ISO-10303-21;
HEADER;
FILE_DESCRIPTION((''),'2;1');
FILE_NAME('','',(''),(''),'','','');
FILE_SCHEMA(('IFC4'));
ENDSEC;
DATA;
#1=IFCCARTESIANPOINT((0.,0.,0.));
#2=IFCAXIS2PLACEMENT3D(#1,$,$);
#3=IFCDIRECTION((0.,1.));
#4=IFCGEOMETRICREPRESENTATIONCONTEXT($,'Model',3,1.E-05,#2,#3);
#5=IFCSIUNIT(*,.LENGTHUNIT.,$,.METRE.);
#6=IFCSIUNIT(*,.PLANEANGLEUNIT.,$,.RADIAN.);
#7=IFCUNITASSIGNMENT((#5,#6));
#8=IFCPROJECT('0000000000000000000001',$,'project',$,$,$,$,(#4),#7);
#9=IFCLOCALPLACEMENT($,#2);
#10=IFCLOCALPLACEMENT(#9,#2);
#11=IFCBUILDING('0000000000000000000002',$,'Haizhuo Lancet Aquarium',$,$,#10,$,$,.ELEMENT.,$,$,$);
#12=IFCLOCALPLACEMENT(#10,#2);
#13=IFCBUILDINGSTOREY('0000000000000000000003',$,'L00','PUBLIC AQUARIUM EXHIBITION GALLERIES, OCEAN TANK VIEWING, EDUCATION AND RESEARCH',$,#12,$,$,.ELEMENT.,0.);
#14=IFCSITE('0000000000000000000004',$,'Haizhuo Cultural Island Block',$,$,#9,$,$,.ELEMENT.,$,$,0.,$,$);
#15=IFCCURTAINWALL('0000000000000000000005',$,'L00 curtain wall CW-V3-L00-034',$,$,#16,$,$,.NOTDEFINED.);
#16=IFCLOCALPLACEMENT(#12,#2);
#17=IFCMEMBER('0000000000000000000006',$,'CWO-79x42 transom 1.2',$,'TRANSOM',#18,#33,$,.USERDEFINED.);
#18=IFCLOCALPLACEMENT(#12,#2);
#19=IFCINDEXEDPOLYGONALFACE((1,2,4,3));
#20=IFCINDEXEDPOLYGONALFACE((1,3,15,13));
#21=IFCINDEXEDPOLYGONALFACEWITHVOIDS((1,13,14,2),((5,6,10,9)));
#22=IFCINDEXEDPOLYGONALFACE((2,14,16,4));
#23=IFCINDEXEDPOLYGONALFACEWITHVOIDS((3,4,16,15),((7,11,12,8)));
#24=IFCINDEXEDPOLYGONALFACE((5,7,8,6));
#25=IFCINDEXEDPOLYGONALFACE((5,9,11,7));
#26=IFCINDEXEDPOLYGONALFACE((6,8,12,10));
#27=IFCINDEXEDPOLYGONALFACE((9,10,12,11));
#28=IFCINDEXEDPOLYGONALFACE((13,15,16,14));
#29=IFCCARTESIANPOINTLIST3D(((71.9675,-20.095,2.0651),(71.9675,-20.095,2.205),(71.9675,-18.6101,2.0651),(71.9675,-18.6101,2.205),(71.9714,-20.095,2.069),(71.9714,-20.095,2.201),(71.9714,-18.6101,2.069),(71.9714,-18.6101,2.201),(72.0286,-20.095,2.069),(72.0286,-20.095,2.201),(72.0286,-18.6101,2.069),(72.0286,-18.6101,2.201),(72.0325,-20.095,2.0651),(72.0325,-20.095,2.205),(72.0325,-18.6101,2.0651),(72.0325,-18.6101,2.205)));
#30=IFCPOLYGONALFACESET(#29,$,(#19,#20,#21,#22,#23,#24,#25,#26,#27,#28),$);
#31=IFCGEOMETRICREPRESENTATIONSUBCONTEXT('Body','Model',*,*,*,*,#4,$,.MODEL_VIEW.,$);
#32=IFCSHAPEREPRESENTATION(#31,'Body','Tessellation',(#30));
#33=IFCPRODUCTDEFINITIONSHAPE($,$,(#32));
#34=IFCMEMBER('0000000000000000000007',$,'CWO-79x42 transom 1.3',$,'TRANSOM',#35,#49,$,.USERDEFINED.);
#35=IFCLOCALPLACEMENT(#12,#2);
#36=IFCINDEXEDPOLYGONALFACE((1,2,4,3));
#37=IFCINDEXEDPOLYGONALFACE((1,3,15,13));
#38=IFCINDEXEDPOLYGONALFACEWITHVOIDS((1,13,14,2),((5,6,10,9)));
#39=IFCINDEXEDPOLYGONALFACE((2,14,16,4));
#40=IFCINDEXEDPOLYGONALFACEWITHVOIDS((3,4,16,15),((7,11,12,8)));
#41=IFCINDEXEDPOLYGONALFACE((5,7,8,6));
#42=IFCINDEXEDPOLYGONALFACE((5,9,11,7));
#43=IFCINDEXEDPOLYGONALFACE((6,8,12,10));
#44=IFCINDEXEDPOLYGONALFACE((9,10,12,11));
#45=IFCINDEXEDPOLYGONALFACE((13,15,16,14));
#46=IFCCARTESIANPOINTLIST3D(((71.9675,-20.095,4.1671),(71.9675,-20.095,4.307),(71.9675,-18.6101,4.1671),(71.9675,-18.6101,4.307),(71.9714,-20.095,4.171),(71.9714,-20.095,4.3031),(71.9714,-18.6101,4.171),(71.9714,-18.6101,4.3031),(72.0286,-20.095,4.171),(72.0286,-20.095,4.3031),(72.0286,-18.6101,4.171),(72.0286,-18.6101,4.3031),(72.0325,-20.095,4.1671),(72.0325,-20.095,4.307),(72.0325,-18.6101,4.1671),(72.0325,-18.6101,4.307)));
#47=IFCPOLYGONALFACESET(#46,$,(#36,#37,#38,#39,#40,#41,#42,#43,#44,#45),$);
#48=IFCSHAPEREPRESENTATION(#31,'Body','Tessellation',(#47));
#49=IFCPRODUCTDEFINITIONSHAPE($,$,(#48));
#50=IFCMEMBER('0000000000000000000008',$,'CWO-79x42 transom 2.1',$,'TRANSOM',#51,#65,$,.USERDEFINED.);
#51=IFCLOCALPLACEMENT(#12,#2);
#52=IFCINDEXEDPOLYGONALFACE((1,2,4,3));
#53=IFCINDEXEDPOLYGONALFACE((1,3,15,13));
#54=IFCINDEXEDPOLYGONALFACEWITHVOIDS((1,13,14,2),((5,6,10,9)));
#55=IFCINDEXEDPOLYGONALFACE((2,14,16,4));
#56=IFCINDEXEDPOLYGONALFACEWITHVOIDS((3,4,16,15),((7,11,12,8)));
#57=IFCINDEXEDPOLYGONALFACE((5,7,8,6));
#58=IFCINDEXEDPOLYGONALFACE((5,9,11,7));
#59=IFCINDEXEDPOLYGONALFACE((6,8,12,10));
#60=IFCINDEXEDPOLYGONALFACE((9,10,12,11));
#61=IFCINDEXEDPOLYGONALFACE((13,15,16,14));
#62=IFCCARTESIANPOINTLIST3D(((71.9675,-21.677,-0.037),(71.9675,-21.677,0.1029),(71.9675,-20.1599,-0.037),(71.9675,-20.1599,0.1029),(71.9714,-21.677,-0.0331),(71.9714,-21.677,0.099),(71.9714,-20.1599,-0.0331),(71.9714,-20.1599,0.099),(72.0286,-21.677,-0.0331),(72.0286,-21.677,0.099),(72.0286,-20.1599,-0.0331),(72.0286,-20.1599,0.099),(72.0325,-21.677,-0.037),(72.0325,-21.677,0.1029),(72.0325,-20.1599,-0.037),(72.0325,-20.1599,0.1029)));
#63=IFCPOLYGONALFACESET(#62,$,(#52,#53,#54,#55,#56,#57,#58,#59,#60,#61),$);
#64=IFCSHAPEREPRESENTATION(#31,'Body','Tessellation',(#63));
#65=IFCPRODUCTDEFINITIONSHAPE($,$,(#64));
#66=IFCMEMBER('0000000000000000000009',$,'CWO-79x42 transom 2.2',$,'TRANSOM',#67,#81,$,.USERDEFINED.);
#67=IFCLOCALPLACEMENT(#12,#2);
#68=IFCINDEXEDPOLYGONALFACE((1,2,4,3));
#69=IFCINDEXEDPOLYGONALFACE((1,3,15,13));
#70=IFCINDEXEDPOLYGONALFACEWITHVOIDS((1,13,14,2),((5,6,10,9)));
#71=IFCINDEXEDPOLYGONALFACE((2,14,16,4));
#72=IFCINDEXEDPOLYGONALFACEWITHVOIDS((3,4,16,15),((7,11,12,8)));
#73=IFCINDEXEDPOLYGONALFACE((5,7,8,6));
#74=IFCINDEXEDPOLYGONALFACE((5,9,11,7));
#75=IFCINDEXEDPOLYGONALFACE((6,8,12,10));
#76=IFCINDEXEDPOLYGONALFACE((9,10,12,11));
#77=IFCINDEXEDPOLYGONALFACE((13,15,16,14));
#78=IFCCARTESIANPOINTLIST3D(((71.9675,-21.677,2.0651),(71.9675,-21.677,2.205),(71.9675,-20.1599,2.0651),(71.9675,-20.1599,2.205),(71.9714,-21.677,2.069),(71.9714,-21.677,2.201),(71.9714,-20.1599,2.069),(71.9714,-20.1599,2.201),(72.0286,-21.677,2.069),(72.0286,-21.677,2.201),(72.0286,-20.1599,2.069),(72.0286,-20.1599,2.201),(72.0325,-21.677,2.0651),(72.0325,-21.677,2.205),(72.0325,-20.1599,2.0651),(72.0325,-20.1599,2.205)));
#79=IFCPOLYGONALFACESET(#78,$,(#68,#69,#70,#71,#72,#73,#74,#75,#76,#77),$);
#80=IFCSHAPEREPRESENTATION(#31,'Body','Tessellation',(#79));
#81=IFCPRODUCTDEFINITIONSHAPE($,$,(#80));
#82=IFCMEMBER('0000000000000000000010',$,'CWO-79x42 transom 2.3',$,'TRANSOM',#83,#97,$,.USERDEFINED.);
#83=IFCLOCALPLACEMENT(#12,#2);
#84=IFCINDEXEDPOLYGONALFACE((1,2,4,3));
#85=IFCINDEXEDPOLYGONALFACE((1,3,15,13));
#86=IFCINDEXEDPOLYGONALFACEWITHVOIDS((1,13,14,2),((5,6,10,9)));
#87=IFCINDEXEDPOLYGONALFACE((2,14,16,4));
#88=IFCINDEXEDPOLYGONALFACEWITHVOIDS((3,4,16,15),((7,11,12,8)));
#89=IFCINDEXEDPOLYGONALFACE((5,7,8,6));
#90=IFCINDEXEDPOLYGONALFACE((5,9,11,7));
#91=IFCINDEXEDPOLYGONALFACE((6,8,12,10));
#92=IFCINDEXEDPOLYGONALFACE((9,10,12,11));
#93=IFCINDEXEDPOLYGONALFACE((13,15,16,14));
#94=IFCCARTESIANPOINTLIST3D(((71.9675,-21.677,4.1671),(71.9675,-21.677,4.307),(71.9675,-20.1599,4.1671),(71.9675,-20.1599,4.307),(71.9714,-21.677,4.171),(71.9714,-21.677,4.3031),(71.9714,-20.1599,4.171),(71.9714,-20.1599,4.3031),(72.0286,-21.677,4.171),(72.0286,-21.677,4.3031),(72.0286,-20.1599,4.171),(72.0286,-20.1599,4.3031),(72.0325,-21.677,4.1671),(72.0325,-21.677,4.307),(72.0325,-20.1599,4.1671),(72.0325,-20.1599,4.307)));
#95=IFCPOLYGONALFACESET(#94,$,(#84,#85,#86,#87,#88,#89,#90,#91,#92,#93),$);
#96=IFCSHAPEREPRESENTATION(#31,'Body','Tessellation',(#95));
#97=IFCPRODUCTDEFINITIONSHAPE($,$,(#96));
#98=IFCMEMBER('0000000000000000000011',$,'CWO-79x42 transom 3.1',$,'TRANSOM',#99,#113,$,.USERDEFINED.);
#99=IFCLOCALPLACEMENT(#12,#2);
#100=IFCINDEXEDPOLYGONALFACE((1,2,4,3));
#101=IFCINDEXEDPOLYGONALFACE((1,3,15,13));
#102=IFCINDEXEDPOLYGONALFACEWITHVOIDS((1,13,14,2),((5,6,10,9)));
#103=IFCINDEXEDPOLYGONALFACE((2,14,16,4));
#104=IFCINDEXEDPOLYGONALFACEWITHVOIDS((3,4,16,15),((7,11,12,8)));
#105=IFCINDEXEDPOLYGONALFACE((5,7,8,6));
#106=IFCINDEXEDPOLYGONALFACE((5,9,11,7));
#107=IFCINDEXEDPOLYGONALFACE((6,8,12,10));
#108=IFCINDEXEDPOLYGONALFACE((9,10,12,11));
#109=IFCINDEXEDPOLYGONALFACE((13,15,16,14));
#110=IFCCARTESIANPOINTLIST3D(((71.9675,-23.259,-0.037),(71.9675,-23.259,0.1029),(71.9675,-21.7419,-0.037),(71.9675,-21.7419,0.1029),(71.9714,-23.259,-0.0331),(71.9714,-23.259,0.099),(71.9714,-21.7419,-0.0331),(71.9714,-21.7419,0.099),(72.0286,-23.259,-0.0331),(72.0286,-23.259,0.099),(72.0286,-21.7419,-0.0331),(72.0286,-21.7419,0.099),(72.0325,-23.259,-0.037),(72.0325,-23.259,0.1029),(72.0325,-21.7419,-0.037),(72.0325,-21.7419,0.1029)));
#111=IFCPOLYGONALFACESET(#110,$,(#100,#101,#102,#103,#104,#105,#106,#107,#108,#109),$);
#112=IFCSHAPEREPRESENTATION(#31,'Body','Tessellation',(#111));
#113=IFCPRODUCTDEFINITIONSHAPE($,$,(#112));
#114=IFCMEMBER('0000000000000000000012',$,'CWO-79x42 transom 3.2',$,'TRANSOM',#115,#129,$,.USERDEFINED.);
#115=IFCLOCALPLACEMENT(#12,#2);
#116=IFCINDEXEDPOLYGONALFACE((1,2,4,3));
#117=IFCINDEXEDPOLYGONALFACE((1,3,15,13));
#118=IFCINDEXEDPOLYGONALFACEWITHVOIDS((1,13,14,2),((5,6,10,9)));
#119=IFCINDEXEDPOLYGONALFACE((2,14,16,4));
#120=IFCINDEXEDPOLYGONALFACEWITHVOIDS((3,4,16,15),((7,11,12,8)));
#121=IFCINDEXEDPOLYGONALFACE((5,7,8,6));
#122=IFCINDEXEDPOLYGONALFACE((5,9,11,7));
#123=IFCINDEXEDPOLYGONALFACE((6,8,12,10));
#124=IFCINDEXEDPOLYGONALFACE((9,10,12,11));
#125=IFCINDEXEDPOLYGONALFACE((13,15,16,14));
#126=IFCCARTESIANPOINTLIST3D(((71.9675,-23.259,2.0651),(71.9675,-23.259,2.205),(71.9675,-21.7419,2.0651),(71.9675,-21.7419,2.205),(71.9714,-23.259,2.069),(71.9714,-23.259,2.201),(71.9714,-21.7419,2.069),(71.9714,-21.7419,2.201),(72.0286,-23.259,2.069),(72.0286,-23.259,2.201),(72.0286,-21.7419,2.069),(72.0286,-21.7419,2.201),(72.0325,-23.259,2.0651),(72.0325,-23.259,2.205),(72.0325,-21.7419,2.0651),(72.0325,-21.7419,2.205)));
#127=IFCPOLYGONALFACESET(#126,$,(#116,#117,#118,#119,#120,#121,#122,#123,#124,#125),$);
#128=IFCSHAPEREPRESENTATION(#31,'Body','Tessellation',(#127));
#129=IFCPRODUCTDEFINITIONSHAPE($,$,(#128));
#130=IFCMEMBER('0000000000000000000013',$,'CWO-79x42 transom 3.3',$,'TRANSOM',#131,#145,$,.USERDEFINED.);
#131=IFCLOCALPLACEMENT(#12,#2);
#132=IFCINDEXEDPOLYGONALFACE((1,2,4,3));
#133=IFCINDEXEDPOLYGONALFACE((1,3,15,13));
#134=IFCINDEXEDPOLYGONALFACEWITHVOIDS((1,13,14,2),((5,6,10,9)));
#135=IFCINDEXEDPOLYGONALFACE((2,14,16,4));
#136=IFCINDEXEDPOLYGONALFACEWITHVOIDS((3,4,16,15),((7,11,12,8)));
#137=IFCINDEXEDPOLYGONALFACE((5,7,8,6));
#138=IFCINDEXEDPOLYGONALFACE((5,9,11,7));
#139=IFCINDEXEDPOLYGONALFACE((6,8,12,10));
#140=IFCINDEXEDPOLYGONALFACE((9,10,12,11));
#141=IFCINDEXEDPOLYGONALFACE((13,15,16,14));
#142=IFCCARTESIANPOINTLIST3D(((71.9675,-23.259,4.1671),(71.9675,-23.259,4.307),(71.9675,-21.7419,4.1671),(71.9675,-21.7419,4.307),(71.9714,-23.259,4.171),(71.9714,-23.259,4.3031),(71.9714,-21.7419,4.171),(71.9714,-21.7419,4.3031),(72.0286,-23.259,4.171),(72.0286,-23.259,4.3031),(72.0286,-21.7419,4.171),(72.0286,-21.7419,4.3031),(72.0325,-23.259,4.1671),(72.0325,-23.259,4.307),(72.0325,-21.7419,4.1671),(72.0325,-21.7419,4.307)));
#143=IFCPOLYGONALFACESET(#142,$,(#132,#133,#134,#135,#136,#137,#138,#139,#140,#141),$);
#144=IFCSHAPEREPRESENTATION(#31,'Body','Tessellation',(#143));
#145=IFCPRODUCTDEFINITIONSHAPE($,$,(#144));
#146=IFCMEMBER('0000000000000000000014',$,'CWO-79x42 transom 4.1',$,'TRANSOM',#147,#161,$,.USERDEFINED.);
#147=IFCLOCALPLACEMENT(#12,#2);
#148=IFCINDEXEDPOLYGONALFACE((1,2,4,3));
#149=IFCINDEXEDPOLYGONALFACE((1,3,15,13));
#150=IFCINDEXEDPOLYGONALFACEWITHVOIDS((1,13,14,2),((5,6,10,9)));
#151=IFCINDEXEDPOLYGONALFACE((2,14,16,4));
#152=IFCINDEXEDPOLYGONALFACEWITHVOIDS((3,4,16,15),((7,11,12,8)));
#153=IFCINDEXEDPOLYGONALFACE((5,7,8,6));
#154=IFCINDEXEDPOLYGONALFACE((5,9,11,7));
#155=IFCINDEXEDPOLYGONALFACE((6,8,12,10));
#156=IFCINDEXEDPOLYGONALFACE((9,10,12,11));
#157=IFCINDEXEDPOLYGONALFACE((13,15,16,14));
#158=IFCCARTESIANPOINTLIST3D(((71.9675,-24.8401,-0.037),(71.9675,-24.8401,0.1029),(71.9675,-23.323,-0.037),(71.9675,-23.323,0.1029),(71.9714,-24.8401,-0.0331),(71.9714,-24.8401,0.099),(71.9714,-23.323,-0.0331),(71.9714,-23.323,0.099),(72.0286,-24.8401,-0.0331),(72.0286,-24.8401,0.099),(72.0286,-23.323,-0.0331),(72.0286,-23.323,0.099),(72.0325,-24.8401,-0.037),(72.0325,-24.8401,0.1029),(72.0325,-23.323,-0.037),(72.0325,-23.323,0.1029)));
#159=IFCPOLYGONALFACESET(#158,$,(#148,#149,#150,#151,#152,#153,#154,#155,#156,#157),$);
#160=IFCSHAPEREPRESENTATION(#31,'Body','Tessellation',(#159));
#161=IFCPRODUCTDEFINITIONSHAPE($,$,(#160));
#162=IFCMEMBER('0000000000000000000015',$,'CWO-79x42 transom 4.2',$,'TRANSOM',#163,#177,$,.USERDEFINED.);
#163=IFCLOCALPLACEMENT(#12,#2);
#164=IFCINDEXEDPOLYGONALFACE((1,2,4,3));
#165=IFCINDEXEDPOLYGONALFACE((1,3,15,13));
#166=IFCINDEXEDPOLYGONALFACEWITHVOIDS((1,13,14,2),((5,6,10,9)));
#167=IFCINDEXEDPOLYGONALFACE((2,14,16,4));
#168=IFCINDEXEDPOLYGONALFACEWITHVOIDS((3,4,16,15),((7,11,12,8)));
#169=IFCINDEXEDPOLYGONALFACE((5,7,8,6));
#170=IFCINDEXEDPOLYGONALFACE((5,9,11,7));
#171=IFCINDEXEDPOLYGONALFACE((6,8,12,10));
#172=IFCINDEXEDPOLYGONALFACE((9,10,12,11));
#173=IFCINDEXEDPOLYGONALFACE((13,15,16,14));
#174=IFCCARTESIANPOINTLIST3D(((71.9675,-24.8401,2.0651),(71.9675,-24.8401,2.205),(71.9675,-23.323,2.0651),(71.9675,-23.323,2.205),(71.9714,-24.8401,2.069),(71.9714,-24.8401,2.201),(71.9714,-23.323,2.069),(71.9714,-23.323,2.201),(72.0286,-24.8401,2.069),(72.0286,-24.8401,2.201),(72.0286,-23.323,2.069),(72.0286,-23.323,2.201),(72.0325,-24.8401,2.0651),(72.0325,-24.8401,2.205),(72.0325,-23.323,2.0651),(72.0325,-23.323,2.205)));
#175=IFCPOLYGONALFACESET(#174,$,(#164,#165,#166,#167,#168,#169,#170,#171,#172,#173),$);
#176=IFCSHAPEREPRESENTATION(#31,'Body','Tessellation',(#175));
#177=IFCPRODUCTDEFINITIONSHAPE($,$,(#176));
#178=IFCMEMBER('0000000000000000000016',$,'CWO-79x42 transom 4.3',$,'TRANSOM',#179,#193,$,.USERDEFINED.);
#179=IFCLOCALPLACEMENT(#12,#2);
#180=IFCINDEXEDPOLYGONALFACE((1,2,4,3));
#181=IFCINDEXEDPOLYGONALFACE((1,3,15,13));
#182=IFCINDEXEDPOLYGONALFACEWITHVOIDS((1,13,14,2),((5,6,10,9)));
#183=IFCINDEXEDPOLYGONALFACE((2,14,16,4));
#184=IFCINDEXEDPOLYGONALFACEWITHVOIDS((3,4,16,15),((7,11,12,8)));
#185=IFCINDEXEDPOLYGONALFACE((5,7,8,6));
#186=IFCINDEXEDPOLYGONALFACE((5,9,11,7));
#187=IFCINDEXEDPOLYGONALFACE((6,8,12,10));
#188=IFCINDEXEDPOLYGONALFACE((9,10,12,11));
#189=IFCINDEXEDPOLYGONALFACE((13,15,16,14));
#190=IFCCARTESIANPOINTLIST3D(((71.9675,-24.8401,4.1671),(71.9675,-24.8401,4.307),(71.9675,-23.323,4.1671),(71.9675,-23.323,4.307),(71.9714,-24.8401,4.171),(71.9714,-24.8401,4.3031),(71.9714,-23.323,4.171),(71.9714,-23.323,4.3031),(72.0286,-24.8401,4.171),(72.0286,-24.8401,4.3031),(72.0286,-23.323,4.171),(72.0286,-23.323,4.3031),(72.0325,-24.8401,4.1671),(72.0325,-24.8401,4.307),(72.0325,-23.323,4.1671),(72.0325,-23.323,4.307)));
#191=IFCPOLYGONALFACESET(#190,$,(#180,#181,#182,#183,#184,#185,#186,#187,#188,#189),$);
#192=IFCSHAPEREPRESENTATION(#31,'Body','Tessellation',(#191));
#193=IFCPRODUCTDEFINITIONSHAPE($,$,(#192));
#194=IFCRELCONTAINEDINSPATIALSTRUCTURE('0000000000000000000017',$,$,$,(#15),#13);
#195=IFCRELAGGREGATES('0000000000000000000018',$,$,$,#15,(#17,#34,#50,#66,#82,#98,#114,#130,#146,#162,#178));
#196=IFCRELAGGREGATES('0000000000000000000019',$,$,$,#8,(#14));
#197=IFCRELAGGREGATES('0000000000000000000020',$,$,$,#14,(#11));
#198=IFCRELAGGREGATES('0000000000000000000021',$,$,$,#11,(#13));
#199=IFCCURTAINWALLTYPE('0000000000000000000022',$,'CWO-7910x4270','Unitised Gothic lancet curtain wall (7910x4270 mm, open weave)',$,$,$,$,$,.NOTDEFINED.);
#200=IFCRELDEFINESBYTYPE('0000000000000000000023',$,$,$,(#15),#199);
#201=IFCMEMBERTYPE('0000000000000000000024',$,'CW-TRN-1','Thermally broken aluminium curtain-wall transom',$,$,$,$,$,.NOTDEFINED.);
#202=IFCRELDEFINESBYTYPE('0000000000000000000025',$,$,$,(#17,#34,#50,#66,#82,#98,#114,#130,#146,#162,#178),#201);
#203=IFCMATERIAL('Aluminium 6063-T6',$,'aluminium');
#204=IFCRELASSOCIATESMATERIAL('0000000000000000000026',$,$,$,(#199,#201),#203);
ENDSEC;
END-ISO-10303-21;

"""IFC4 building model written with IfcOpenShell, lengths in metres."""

from ifc_helpers import new_model, si_unit, direction, frame, origin, origin_2d, place, context, subcontext, project, spatial, hollow_rectangle, extrude, material, material_profile, profile_set, type_object, element, aggregate, save


model = new_model("IFC4")

# Units and contexts
model_context = context("Model", 3, precision=1e-05, world=origin(), true_north=direction((0.0, 1.0)))
body_context = subcontext(model_context, "Body", "Model", "MODEL_VIEW")
ifc_project = project(units=[si_unit("LENGTHUNIT", "METRE"), si_unit("PLANEANGLEUNIT", "RADIAN")], contexts=[model_context])

# Site, building, storey
site_placement = place(None, origin())
site = spatial("IfcSite", under=ifc_project, at=site_placement, Name="Haizhuo Cultural Island Block", CompositionType="ELEMENT", RefElevation=0.0)
building_placement = place(site_placement, origin())
building = spatial("IfcBuilding", under=site, at=building_placement, Name="Haizhuo Lancet Aquarium", CompositionType="ELEMENT")
storey_placement = place(building_placement, origin())
storey = spatial("IfcBuildingStorey", under=building, at=storey_placement, Name="L00", Description="PUBLIC AQUARIUM EXHIBITION GALLERIES, OCEAN TANK VIEWING, EDUCATION AND RESEARCH", CompositionType="ELEMENT", Elevation=0.0)

# Curtain wall
ifc_material_1 = material(Name="Aluminium 6063-T6", Category="aluminium")
curtain_wall_type_1 = type_object("IfcCurtainWallType", Name="CWO-7910x4270", Description="Unitised Gothic lancet curtain wall (7910x4270 mm, open weave)", PredefinedType="NOTDEFINED", material=ifc_material_1)
curtain_wall_1_placement = place(storey_placement, origin())
curtain_wall_1 = element("IfcCurtainWall", 1, at=curtain_wall_1_placement, inside=storey, type_object=curtain_wall_type_1, Name="L00 curtain wall CW-V3-L00-034", PredefinedType="NOTDEFINED")

# Members
ifc_material_profile_1 = material_profile(ifc_material_1, hollow_rectangle(XDim=0.0649, YDim=0.1399, WallThickness=0.0039, at=origin_2d()), Name="ALU-T 65x140x4")
ifc_profile_set_1 = profile_set([ifc_material_profile_1], Name="Aluminium 6063-T6")
member_type_1 = type_object("IfcMemberType", Name="CW-TRN-1", Description="Thermally broken aluminium curtain-wall transom", PredefinedType="NOTDEFINED", material=ifc_profile_set_1)
member_1_placement = place(storey_placement, frame((72.0, -18.6101, 2.135), z_axis=(0.0, -1.0, 0.0), x_axis=(1.0, 0.0, 0.0)))
member_1 = element("IfcMember", 2, at=member_1_placement, type_object=member_type_1, Name="CWO-79x42 transom 1.2", ObjectType="TRANSOM", PredefinedType="USERDEFINED", context=body_context, shape_type="SweptSolid", body=[
    extrude(hollow_rectangle(XDim=0.0649, YDim=0.1399, WallThickness=0.0039, at=origin_2d()), origin(), (0.0, 0.0, 1.0), 1.4849),
])
member_2_placement = place(storey_placement, frame((72.0, -18.6101, 4.2371), z_axis=(0.0, -1.0, 0.0), x_axis=(1.0, 0.0, 0.0)))
member_2 = element("IfcMember", 3, at=member_2_placement, type_object=member_type_1, Name="CWO-79x42 transom 1.3", ObjectType="TRANSOM", PredefinedType="USERDEFINED", context=body_context, shape_type="SweptSolid", body=[
    extrude(hollow_rectangle(XDim=0.0649, YDim=0.1399, WallThickness=0.0039, at=origin_2d()), origin(), (0.0, 0.0, 1.0), 1.4849),
])
member_3_placement = place(storey_placement, frame((72.0, -20.1599, 0.033), z_axis=(0.0, -1.0, 0.0), x_axis=(1.0, 0.0, 0.0)))
member_3 = element("IfcMember", 4, at=member_3_placement, type_object=member_type_1, Name="CWO-79x42 transom 2.1", ObjectType="TRANSOM", PredefinedType="USERDEFINED", context=body_context, shape_type="SweptSolid", body=[
    extrude(hollow_rectangle(XDim=0.0649, YDim=0.1399, WallThickness=0.0039, at=origin_2d()), origin(), (0.0, 0.0, 1.0), 1.5171),
])
member_4_placement = place(storey_placement, frame((72.0, -20.1599, 2.135), z_axis=(0.0, -1.0, 0.0), x_axis=(1.0, 0.0, 0.0)))
member_4 = element("IfcMember", 5, at=member_4_placement, type_object=member_type_1, Name="CWO-79x42 transom 2.2", ObjectType="TRANSOM", PredefinedType="USERDEFINED", context=body_context, shape_type="SweptSolid", body=[
    extrude(hollow_rectangle(XDim=0.0649, YDim=0.1399, WallThickness=0.0039, at=origin_2d()), origin(), (0.0, 0.0, 1.0), 1.5171),
])
member_5_placement = place(storey_placement, frame((72.0, -20.1599, 4.2371), z_axis=(0.0, -1.0, 0.0), x_axis=(1.0, 0.0, 0.0)))
member_5 = element("IfcMember", 6, at=member_5_placement, type_object=member_type_1, Name="CWO-79x42 transom 2.3", ObjectType="TRANSOM", PredefinedType="USERDEFINED", context=body_context, shape_type="SweptSolid", body=[
    extrude(hollow_rectangle(XDim=0.0649, YDim=0.1399, WallThickness=0.0039, at=origin_2d()), origin(), (0.0, 0.0, 1.0), 1.5171),
])
member_6_placement = place(storey_placement, frame((72.0, -21.7419, 0.033), z_axis=(0.0, -1.0, 0.0), x_axis=(1.0, 0.0, 0.0)))
member_6 = element("IfcMember", 7, at=member_6_placement, type_object=member_type_1, Name="CWO-79x42 transom 3.1", ObjectType="TRANSOM", PredefinedType="USERDEFINED", context=body_context, shape_type="SweptSolid", body=[
    extrude(hollow_rectangle(XDim=0.0649, YDim=0.1399, WallThickness=0.0039, at=origin_2d()), origin(), (0.0, 0.0, 1.0), 1.5171),
])
member_7_placement = place(storey_placement, frame((72.0, -21.7419, 2.135), z_axis=(0.0, -1.0, 0.0), x_axis=(1.0, 0.0, 0.0)))
member_7 = element("IfcMember", 8, at=member_7_placement, type_object=member_type_1, Name="CWO-79x42 transom 3.2", ObjectType="TRANSOM", PredefinedType="USERDEFINED", context=body_context, shape_type="SweptSolid", body=[
    extrude(hollow_rectangle(XDim=0.0649, YDim=0.1399, WallThickness=0.0039, at=origin_2d()), origin(), (0.0, 0.0, 1.0), 1.5171),
])
member_8_placement = place(storey_placement, frame((72.0, -21.7419, 4.2371), z_axis=(0.0, -1.0, 0.0), x_axis=(1.0, 0.0, 0.0)))
member_8 = element("IfcMember", 9, at=member_8_placement, type_object=member_type_1, Name="CWO-79x42 transom 3.3", ObjectType="TRANSOM", PredefinedType="USERDEFINED", context=body_context, shape_type="SweptSolid", body=[
    extrude(hollow_rectangle(XDim=0.0649, YDim=0.1399, WallThickness=0.0039, at=origin_2d()), origin(), (0.0, 0.0, 1.0), 1.5171),
])
member_9_placement = place(storey_placement, frame((72.0, -23.323, 0.033), z_axis=(0.0, -1.0, 0.0), x_axis=(1.0, 0.0, 0.0)))
member_9 = element("IfcMember", 10, at=member_9_placement, type_object=member_type_1, Name="CWO-79x42 transom 4.1", ObjectType="TRANSOM", PredefinedType="USERDEFINED", context=body_context, shape_type="SweptSolid", body=[
    extrude(hollow_rectangle(XDim=0.0649, YDim=0.1399, WallThickness=0.0039, at=origin_2d()), origin(), (0.0, 0.0, 1.0), 1.5171),
])
member_10_placement = place(storey_placement, frame((72.0, -23.323, 2.135), z_axis=(0.0, -1.0, 0.0), x_axis=(1.0, 0.0, 0.0)))
member_10 = element("IfcMember", 11, at=member_10_placement, type_object=member_type_1, Name="CWO-79x42 transom 4.2", ObjectType="TRANSOM", PredefinedType="USERDEFINED", context=body_context, shape_type="SweptSolid", body=[
    extrude(hollow_rectangle(XDim=0.0649, YDim=0.1399, WallThickness=0.0039, at=origin_2d()), origin(), (0.0, 0.0, 1.0), 1.5171),
])
member_11_placement = place(storey_placement, frame((72.0, -23.323, 4.2371), z_axis=(0.0, -1.0, 0.0), x_axis=(1.0, 0.0, 0.0)))
member_11 = element("IfcMember", 12, at=member_11_placement, type_object=member_type_1, Name="CWO-79x42 transom 4.3", ObjectType="TRANSOM", PredefinedType="USERDEFINED", context=body_context, shape_type="SweptSolid", body=[
    extrude(hollow_rectangle(XDim=0.0649, YDim=0.1399, WallThickness=0.0039, at=origin_2d()), origin(), (0.0, 0.0, 1.0), 1.5171),
])

aggregate(curtain_wall_1, [member_1, member_2, member_3, member_4, member_5, member_6, member_7, member_8, member_9, member_10, member_11])

save(model, "model.ifc")
